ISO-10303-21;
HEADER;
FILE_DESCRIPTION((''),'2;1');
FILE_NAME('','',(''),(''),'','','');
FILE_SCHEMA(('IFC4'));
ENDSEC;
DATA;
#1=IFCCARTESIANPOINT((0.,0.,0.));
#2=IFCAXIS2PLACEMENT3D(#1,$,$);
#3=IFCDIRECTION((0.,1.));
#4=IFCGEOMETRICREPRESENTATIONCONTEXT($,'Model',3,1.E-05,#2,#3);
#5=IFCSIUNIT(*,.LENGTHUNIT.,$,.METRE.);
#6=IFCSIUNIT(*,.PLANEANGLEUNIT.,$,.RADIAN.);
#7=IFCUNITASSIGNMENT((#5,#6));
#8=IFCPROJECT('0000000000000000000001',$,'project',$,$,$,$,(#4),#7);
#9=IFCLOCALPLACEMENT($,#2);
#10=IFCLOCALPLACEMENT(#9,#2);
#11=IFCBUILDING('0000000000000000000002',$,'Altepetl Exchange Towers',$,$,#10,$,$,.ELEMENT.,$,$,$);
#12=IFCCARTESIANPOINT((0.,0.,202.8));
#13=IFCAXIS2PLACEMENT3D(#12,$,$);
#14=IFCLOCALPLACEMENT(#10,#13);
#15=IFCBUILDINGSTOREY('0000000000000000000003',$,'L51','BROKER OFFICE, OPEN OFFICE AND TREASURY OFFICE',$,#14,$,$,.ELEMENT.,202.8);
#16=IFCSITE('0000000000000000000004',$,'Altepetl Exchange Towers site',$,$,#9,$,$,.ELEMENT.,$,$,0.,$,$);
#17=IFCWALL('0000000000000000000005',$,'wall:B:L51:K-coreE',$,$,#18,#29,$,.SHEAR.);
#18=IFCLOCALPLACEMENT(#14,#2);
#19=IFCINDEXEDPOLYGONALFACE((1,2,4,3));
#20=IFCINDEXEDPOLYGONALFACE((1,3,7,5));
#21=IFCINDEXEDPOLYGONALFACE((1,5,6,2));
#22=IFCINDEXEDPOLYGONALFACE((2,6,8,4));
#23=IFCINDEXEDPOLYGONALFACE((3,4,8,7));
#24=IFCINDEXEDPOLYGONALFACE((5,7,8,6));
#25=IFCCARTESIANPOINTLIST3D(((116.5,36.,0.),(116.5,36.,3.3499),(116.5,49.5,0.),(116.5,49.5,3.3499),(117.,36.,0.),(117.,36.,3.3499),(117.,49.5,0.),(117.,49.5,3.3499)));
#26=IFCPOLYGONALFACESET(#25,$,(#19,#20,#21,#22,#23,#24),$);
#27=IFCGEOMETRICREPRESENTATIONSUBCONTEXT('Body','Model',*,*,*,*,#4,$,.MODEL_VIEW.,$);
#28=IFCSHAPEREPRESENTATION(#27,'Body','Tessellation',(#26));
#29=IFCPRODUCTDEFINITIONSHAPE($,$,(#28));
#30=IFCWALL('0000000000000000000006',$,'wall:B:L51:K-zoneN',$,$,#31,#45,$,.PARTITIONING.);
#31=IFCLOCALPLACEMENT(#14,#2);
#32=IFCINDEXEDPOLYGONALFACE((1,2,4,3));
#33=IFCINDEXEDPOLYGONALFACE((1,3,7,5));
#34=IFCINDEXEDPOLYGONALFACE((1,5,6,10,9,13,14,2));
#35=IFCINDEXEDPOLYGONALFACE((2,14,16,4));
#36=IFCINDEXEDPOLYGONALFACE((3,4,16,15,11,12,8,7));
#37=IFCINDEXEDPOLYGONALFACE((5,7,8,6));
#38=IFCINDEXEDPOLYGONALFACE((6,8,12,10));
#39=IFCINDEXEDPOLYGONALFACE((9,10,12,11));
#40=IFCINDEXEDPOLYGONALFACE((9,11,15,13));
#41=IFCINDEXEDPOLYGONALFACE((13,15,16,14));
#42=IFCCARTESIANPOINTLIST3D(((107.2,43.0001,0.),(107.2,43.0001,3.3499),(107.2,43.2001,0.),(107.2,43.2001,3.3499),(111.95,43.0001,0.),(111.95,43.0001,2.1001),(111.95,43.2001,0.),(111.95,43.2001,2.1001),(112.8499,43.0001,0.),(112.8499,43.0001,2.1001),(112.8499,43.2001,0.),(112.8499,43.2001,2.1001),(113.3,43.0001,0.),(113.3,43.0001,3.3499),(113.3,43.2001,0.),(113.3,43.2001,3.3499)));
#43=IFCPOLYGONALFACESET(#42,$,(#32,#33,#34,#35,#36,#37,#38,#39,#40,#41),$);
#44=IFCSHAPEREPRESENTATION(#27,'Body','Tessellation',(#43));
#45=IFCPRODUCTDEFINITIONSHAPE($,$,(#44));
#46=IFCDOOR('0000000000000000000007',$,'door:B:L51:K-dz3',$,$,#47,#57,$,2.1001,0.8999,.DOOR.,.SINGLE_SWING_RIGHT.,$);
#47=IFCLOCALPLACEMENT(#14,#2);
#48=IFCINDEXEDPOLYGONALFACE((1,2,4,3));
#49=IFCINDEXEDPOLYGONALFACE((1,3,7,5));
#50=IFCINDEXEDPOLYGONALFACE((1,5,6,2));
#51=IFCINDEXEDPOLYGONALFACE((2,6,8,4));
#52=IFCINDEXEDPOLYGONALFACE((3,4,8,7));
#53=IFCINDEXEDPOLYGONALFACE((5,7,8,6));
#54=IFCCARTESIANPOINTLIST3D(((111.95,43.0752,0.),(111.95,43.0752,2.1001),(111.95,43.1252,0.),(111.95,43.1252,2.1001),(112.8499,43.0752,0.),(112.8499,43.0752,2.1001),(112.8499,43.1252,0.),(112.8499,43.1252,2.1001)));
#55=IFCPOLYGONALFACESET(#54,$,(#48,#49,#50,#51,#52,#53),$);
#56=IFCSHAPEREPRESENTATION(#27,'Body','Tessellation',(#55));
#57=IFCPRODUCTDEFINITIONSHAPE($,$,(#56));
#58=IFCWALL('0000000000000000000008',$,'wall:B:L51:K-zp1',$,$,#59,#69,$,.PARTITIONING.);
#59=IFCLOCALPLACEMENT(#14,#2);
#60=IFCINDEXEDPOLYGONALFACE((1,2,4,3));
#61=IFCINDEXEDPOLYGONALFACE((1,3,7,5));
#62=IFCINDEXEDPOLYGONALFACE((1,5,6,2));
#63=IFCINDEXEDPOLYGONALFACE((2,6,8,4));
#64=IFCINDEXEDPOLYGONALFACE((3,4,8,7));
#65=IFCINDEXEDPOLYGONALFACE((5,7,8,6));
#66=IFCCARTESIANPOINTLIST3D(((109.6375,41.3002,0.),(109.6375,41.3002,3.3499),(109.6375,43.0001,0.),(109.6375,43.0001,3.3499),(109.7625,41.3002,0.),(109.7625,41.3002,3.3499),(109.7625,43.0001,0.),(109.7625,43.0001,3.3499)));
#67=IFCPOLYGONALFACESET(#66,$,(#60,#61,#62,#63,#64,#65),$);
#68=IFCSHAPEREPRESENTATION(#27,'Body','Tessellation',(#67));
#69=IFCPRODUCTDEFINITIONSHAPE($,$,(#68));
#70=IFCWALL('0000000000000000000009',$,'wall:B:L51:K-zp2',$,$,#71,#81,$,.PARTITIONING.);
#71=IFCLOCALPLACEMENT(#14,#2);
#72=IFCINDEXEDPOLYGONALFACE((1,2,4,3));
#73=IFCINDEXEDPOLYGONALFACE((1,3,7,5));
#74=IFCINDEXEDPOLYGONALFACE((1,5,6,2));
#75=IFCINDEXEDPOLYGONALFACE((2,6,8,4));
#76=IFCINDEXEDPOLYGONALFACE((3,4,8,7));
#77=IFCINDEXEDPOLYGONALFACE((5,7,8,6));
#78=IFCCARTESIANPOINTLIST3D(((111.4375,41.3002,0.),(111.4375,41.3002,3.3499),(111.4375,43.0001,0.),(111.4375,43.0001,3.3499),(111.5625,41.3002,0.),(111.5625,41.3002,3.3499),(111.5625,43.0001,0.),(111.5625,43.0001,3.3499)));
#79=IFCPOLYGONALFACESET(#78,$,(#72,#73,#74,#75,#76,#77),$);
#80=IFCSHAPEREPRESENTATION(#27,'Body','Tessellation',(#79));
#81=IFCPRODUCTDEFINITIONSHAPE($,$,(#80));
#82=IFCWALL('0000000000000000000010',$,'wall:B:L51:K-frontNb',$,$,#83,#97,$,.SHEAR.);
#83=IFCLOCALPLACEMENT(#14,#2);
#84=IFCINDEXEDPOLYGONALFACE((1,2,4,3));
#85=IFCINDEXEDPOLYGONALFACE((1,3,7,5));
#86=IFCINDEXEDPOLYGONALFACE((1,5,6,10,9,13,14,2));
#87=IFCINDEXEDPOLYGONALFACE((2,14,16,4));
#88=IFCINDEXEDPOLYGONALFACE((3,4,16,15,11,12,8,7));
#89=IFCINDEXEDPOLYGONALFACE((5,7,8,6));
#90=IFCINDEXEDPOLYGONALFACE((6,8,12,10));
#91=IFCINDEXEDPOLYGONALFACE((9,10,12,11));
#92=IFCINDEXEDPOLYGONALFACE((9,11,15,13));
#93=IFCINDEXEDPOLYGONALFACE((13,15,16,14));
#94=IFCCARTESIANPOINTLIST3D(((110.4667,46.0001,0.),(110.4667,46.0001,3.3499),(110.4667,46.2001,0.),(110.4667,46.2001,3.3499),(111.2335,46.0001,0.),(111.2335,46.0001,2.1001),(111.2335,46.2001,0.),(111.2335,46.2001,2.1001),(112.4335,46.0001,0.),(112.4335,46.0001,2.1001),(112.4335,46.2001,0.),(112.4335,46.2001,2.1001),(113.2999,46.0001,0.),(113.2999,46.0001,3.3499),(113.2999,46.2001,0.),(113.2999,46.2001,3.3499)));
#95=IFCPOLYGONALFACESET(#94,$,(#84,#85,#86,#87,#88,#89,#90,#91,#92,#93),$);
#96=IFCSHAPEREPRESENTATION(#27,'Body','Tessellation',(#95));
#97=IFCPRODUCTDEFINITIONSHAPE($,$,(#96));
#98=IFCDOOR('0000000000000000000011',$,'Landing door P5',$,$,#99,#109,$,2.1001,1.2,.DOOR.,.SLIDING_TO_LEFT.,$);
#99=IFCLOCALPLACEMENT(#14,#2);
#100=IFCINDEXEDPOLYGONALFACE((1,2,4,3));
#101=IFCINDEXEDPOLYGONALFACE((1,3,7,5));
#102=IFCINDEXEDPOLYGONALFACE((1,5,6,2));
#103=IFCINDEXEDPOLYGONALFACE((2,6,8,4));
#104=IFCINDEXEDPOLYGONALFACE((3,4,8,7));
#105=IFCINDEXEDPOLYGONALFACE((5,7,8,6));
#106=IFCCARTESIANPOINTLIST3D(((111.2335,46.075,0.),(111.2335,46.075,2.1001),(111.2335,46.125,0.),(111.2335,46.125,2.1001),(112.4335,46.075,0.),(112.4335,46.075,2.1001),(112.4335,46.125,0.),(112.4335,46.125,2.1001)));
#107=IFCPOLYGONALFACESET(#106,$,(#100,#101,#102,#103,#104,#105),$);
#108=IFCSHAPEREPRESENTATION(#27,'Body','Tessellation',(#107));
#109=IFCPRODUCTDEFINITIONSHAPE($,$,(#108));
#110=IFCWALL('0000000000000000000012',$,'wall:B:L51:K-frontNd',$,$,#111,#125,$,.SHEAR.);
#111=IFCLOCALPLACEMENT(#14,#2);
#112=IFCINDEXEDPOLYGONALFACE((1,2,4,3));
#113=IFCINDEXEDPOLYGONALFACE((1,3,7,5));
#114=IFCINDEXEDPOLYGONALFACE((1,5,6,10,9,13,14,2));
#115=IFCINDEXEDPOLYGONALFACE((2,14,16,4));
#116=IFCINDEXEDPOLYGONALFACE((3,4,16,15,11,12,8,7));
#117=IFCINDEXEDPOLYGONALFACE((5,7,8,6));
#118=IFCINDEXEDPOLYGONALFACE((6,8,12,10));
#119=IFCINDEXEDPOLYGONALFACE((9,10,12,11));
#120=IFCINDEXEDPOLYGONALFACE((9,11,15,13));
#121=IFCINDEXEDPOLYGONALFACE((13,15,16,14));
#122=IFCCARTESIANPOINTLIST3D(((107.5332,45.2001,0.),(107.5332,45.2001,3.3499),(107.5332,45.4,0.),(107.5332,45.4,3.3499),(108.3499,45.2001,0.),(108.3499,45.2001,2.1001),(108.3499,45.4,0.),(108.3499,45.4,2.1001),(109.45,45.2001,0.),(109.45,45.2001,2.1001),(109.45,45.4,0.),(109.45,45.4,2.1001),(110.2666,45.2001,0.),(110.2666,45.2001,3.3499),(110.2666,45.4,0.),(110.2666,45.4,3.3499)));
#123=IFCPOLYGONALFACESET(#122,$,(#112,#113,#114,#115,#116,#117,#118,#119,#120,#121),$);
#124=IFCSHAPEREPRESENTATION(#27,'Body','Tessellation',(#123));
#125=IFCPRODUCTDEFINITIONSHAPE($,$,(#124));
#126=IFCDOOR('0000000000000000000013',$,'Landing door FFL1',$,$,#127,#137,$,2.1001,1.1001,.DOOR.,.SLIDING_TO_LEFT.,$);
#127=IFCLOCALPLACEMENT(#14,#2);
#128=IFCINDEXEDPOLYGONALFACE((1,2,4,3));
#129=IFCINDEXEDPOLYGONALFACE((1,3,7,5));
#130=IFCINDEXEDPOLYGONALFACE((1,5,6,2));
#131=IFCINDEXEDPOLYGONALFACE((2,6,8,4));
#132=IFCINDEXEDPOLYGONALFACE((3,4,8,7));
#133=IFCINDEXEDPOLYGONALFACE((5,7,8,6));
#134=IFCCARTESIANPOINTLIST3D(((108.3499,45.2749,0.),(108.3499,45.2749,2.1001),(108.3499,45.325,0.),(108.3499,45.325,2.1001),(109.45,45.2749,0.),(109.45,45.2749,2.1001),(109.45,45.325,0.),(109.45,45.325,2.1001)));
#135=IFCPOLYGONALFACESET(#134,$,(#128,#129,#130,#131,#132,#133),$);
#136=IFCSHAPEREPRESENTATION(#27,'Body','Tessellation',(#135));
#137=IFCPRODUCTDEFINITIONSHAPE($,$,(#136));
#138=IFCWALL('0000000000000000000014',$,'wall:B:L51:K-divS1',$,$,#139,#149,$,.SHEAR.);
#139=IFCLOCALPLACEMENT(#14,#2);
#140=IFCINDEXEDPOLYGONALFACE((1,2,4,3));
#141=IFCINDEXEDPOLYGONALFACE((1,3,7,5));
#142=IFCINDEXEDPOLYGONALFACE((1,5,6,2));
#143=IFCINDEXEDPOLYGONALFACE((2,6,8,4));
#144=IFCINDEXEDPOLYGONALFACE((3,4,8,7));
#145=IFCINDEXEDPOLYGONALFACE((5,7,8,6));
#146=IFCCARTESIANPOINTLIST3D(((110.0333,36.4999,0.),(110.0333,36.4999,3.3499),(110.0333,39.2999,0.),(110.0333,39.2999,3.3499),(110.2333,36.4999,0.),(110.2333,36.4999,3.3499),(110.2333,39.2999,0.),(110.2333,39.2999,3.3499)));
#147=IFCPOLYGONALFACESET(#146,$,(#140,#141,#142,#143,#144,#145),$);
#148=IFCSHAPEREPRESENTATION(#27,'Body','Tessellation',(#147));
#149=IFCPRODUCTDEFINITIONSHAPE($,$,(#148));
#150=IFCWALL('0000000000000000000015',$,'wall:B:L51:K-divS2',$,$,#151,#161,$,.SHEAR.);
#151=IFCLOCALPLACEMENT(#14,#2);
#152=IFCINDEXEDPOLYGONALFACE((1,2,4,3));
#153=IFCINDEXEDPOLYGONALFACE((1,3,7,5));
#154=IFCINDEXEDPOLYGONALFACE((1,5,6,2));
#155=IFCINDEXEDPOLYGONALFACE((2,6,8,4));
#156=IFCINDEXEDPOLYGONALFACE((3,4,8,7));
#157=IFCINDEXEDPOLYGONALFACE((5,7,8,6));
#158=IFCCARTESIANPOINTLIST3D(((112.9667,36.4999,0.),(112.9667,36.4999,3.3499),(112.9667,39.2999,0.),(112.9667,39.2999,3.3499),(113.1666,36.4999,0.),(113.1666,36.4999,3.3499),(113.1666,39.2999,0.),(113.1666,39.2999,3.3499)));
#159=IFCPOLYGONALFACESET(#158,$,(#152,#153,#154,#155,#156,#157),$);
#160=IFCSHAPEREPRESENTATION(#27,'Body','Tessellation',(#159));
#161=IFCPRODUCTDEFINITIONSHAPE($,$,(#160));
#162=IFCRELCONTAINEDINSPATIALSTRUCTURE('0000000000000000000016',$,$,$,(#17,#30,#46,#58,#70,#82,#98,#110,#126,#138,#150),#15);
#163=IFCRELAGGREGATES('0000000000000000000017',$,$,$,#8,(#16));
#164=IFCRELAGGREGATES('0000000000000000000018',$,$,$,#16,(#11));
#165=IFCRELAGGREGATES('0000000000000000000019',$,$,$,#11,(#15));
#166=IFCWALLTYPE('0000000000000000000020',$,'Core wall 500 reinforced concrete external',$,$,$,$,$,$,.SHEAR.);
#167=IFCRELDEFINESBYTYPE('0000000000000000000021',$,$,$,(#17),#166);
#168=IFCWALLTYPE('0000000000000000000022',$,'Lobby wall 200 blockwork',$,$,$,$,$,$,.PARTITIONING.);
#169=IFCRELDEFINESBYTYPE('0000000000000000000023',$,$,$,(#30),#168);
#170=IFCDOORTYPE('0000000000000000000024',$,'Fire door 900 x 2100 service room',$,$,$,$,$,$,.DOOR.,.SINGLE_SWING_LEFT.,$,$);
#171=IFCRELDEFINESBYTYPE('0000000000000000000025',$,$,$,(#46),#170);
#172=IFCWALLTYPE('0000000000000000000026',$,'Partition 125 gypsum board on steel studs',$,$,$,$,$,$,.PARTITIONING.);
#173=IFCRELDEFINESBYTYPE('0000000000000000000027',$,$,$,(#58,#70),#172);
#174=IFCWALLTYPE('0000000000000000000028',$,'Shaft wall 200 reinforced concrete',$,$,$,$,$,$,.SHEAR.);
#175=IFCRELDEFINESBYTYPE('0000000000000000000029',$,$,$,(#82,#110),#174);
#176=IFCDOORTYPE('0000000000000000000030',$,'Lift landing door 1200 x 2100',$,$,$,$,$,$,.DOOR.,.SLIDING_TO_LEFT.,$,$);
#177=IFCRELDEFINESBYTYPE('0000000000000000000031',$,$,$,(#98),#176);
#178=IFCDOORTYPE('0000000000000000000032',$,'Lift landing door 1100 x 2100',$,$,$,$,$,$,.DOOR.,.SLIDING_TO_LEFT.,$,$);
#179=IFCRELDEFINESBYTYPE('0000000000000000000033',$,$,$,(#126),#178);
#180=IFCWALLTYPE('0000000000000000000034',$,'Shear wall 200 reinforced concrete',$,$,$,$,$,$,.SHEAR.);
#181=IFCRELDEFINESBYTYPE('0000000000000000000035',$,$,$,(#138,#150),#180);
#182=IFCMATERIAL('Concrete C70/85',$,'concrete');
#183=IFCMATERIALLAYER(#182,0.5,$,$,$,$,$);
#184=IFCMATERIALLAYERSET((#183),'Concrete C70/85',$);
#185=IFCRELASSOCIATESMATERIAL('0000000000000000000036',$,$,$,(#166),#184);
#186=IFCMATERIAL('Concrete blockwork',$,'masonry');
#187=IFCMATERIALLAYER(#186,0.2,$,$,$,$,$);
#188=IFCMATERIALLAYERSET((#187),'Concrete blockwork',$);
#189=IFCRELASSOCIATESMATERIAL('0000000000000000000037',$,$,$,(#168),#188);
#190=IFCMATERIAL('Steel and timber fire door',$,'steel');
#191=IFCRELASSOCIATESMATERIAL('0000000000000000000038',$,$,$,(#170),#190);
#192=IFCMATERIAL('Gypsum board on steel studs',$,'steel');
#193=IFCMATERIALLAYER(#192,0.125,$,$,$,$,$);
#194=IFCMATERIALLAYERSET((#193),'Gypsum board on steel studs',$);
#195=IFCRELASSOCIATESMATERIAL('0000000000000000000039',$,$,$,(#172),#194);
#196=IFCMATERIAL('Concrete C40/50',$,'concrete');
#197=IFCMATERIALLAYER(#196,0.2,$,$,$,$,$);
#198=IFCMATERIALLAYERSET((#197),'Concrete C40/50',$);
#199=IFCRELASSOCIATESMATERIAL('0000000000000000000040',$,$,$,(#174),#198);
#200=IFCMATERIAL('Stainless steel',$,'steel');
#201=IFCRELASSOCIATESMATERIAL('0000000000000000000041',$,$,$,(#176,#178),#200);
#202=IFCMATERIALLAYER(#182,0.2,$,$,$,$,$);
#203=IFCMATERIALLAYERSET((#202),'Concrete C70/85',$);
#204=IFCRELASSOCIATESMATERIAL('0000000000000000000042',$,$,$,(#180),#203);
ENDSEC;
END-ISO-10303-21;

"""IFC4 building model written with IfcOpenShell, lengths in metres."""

from ifc_helpers import new_model, si_unit, direction, frame, frame_2d, origin, place, context, subcontext, project, spatial, rectangle, extrude, material, layer, layer_set, type_object, element, fill, save


model = new_model("IFC4")

# Units and contexts
model_context = context("Model", 3, precision=1e-05, world=origin(), true_north=direction((0.0, 1.0)))
body_context = subcontext(model_context, "Body", "Model", "MODEL_VIEW")
ifc_project = project(units=[si_unit("LENGTHUNIT", "METRE"), si_unit("PLANEANGLEUNIT", "RADIAN")], contexts=[model_context])

# Site, building, storey
site_placement = place(None, origin())
site = spatial("IfcSite", under=ifc_project, at=site_placement, Name="Altepetl Exchange Towers site", CompositionType="ELEMENT", RefElevation=0.0)
building_placement = place(site_placement, origin())
building = spatial("IfcBuilding", under=site, at=building_placement, Name="Altepetl Exchange Towers", CompositionType="ELEMENT")
storey_placement = place(building_placement, frame((0.0, 0.0, 202.8)))
storey = spatial("IfcBuildingStorey", under=building, at=storey_placement, Name="L51", Description="BROKER OFFICE, OPEN OFFICE AND TREASURY OFFICE", CompositionType="ELEMENT", Elevation=202.8)

# Wall
ifc_material_1 = material(Name="Concrete C70/85", Category="concrete")
ifc_layer_1 = layer(ifc_material_1, 0.5)
ifc_layer_set_1 = layer_set([ifc_layer_1], Name="Concrete C70/85")
wall_type_1 = type_object("IfcWallType", Name="Core wall 500 reinforced concrete external", PredefinedType="SHEAR", material=ifc_layer_set_1)
wall_1_placement = place(storey_placement, frame((116.75, 36.0, 0.0), z_axis=(0.0, 0.0, 1.0), x_axis=(0.0, 1.0, 0.0)))
element("IfcWall", 1, at=wall_1_placement, inside=storey, type_object=wall_type_1, Name="wall:B:L51:K-coreE", PredefinedType="SHEAR", context=body_context, shape_type="SweptSolid", body=[
    extrude(rectangle(XDim=13.5, YDim=0.5, at=frame_2d((6.75, 0.0))), origin(), (0.0, 0.0, 1.0), 3.3499),
])

# Wall, opening, door
ifc_material_2 = material(Name="Concrete blockwork", Category="masonry")
ifc_layer_2 = layer(ifc_material_2, 0.2)
ifc_layer_set_2 = layer_set([ifc_layer_2], Name="Concrete blockwork")
wall_type_2 = type_object("IfcWallType", Name="Lobby wall 200 blockwork", PredefinedType="PARTITIONING", material=ifc_layer_set_2)
wall_2_placement = place(storey_placement, frame((107.2, 43.1001, 0.0)))
wall_2 = element("IfcWall", 2, at=wall_2_placement, inside=storey, type_object=wall_type_2, Name="wall:B:L51:K-zoneN", PredefinedType="PARTITIONING", context=body_context, shape_type="SweptSolid", body=[
    extrude(rectangle(XDim=6.1001, YDim=0.2, at=frame_2d((3.05, 0.0))), origin(), (0.0, 0.0, 1.0), 3.3499),
])
opening_1_placement = place(wall_2_placement, frame((4.75, 0.0, 0.0)))
opening_1 = element("IfcOpeningElement", 3, at=opening_1_placement, cuts=wall_2, PredefinedType="OPENING", context=body_context, shape_type="SweptSolid", body=[
    extrude(rectangle(XDim=0.8999, YDim=2.1001, at=frame_2d((0.45, 1.05))), frame((0.0, 0.1099, 0.0), z_axis=(0.0, -1.0, 0.0), x_axis=(1.0, 0.0, 0.0)), (0.0, 0.0, 1.0), 0.22),
])
ifc_material_3 = material(Name="Steel and timber fire door", Category="steel")
door_type_1 = type_object("IfcDoorType", Name="Fire door 900 x 2100 service room", OperationType="SINGLE_SWING_LEFT", PredefinedType="DOOR", material=ifc_material_3)
door_1_placement = place(opening_1_placement, frame((0.8999, 0.0, 0.0), x_axis=(-1.0, 0.0, 0.0)))
door_1 = element("IfcDoor", 4, at=door_1_placement, inside=storey, type_object=door_type_1, Name="door:B:L51:K-dz3", OperationType="SINGLE_SWING_RIGHT", OverallHeight=2.1001, OverallWidth=0.8999, PredefinedType="DOOR", context=body_context, shape_type="SweptSolid", body=[
    extrude(rectangle(XDim=0.8999, YDim=2.1001, at=frame_2d((0.45, 1.05))), frame((0.0, 0.0249, 0.0), z_axis=(0.0, -1.0, 0.0), x_axis=(1.0, 0.0, 0.0)), (0.0, 0.0, 1.0), 0.05),
])
fill(opening_1, door_1)

# Walls
ifc_material_4 = material(Name="Gypsum board on steel studs", Category="steel")
ifc_layer_3 = layer(ifc_material_4, 0.125)
ifc_layer_set_3 = layer_set([ifc_layer_3], Name="Gypsum board on steel studs")
wall_type_3 = type_object("IfcWallType", Name="Partition 125 gypsum board on steel studs", PredefinedType="PARTITIONING", material=ifc_layer_set_3)
for number, where, z_axis, x_axis, name in (
    (5, (109.7, 41.3, 0.0), (0.0, 0.0, 1.0), (0.0, 1.0, 0.0), "wall:B:L51:K-zp1"),
    (6, (111.5, 41.3, 0.0), (0.0, 0.0, 1.0), (0.0, 1.0, 0.0), "wall:B:L51:K-zp2"),
):
    element("IfcWall", number, at=place(storey_placement, frame(where, z_axis=z_axis, x_axis=x_axis)), inside=storey, type_object=wall_type_3, Name=name, PredefinedType="PARTITIONING", context=body_context, shape_type="SweptSolid", body=[
        extrude(rectangle(XDim=1.7, YDim=0.125, at=frame_2d((0.8501, 0.0))), origin(), (0.0, 0.0, 1.0), 3.3499),
    ])

# Walls, openings, doors
ifc_material_5 = material(Name="Concrete C40/50", Category="concrete")
ifc_layer_4 = layer(ifc_material_5, 0.2)
ifc_layer_set_4 = layer_set([ifc_layer_4], Name="Concrete C40/50")
wall_type_4 = type_object("IfcWallType", Name="Shaft wall 200 reinforced concrete", PredefinedType="SHEAR", material=ifc_layer_set_4)
wall_3_placement = place(storey_placement, frame((110.4668, 46.1001, 0.0)))
wall_3 = element("IfcWall", 7, at=wall_3_placement, inside=storey, type_object=wall_type_4, Name="wall:B:L51:K-frontNb", PredefinedType="SHEAR", context=body_context, shape_type="SweptSolid", body=[
    extrude(rectangle(XDim=2.8333, YDim=0.2, at=frame_2d((1.4165, 0.0))), origin(), (0.0, 0.0, 1.0), 3.3499),
])
opening_2_placement = place(wall_3_placement, frame((0.7666, 0.0, 0.0)))
opening_2 = element("IfcOpeningElement", 8, at=opening_2_placement, cuts=wall_3, PredefinedType="OPENING", context=body_context, shape_type="SweptSolid", body=[
    extrude(rectangle(XDim=1.2, YDim=2.1001, at=frame_2d((0.6001, 1.05))), frame((0.0, 0.1099, 0.0), z_axis=(0.0, -1.0, 0.0), x_axis=(1.0, 0.0, 0.0)), (0.0, 0.0, 1.0), 0.22),
])
ifc_material_6 = material(Name="Stainless steel", Category="steel")
door_type_2 = type_object("IfcDoorType", Name="Lift landing door 1200 x 2100", OperationType="SLIDING_TO_LEFT", PredefinedType="DOOR", material=ifc_material_6)
door_2_placement = place(opening_2_placement, origin())
door_2 = element("IfcDoor", 9, at=door_2_placement, inside=storey, type_object=door_type_2, Name="Landing door P5", OperationType="SLIDING_TO_LEFT", OverallHeight=2.1001, OverallWidth=1.2, PredefinedType="DOOR", context=body_context, shape_type="SweptSolid", body=[
    extrude(rectangle(XDim=1.2, YDim=2.1001, at=frame_2d((0.6001, 1.05))), frame((0.0, 0.0249, 0.0), z_axis=(0.0, -1.0, 0.0), x_axis=(1.0, 0.0, 0.0)), (0.0, 0.0, 1.0), 0.05),
])
fill(opening_2, door_2)
wall_4_placement = place(storey_placement, frame((107.5332, 45.3, 0.0)))
wall_4 = element("IfcWall", 10, at=wall_4_placement, inside=storey, type_object=wall_type_4, Name="wall:B:L51:K-frontNd", PredefinedType="SHEAR", context=body_context, shape_type="SweptSolid", body=[
    extrude(rectangle(XDim=2.7334, YDim=0.2, at=frame_2d((1.3667, 0.0))), origin(), (0.0, 0.0, 1.0), 3.3499),
])
opening_3_placement = place(wall_4_placement, frame((0.8167, 0.0, 0.0)))
opening_3 = element("IfcOpeningElement", 11, at=opening_3_placement, cuts=wall_4, PredefinedType="OPENING", context=body_context, shape_type="SweptSolid", body=[
    extrude(rectangle(XDim=1.1001, YDim=2.1001, at=frame_2d((0.55, 1.05))), frame((0.0, 0.1099, 0.0), z_axis=(0.0, -1.0, 0.0), x_axis=(1.0, 0.0, 0.0)), (0.0, 0.0, 1.0), 0.22),
])
door_type_3 = type_object("IfcDoorType", Name="Lift landing door 1100 x 2100", OperationType="SLIDING_TO_LEFT", PredefinedType="DOOR", material=ifc_material_6)
door_3_placement = place(opening_3_placement, origin())
door_3 = element("IfcDoor", 12, at=door_3_placement, inside=storey, type_object=door_type_3, Name="Landing door FFL1", OperationType="SLIDING_TO_LEFT", OverallHeight=2.1001, OverallWidth=1.1001, PredefinedType="DOOR", context=body_context, shape_type="SweptSolid", body=[
    extrude(rectangle(XDim=1.1001, YDim=2.1001, at=frame_2d((0.55, 1.05))), frame((0.0, 0.0249, 0.0), z_axis=(0.0, -1.0, 0.0), x_axis=(1.0, 0.0, 0.0)), (0.0, 0.0, 1.0), 0.05),
])
fill(opening_3, door_3)

# Walls
ifc_layer_5 = layer(ifc_material_1, 0.2)
ifc_layer_set_5 = layer_set([ifc_layer_5], Name="Concrete C70/85")
wall_type_5 = type_object("IfcWallType", Name="Shear wall 200 reinforced concrete", PredefinedType="SHEAR", material=ifc_layer_set_5)
for number, where, z_axis, x_axis, name in (
    (13, (110.1333, 36.5, 0.0), (0.0, 0.0, 1.0), (0.0, 1.0, 0.0), "wall:B:L51:K-divS1"),
    (14, (113.0667, 36.5, 0.0), (0.0, 0.0, 1.0), (0.0, 1.0, 0.0), "wall:B:L51:K-divS2"),
):
    element("IfcWall", number, at=place(storey_placement, frame(where, z_axis=z_axis, x_axis=x_axis)), inside=storey, type_object=wall_type_5, Name=name, PredefinedType="SHEAR", context=body_context, shape_type="SweptSolid", body=[
        extrude(rectangle(XDim=2.8, YDim=0.2, at=frame_2d((1.3999, 0.0))), origin(), (0.0, 0.0, 1.0), 3.3499),
    ])

save(model, "model.ifc")
